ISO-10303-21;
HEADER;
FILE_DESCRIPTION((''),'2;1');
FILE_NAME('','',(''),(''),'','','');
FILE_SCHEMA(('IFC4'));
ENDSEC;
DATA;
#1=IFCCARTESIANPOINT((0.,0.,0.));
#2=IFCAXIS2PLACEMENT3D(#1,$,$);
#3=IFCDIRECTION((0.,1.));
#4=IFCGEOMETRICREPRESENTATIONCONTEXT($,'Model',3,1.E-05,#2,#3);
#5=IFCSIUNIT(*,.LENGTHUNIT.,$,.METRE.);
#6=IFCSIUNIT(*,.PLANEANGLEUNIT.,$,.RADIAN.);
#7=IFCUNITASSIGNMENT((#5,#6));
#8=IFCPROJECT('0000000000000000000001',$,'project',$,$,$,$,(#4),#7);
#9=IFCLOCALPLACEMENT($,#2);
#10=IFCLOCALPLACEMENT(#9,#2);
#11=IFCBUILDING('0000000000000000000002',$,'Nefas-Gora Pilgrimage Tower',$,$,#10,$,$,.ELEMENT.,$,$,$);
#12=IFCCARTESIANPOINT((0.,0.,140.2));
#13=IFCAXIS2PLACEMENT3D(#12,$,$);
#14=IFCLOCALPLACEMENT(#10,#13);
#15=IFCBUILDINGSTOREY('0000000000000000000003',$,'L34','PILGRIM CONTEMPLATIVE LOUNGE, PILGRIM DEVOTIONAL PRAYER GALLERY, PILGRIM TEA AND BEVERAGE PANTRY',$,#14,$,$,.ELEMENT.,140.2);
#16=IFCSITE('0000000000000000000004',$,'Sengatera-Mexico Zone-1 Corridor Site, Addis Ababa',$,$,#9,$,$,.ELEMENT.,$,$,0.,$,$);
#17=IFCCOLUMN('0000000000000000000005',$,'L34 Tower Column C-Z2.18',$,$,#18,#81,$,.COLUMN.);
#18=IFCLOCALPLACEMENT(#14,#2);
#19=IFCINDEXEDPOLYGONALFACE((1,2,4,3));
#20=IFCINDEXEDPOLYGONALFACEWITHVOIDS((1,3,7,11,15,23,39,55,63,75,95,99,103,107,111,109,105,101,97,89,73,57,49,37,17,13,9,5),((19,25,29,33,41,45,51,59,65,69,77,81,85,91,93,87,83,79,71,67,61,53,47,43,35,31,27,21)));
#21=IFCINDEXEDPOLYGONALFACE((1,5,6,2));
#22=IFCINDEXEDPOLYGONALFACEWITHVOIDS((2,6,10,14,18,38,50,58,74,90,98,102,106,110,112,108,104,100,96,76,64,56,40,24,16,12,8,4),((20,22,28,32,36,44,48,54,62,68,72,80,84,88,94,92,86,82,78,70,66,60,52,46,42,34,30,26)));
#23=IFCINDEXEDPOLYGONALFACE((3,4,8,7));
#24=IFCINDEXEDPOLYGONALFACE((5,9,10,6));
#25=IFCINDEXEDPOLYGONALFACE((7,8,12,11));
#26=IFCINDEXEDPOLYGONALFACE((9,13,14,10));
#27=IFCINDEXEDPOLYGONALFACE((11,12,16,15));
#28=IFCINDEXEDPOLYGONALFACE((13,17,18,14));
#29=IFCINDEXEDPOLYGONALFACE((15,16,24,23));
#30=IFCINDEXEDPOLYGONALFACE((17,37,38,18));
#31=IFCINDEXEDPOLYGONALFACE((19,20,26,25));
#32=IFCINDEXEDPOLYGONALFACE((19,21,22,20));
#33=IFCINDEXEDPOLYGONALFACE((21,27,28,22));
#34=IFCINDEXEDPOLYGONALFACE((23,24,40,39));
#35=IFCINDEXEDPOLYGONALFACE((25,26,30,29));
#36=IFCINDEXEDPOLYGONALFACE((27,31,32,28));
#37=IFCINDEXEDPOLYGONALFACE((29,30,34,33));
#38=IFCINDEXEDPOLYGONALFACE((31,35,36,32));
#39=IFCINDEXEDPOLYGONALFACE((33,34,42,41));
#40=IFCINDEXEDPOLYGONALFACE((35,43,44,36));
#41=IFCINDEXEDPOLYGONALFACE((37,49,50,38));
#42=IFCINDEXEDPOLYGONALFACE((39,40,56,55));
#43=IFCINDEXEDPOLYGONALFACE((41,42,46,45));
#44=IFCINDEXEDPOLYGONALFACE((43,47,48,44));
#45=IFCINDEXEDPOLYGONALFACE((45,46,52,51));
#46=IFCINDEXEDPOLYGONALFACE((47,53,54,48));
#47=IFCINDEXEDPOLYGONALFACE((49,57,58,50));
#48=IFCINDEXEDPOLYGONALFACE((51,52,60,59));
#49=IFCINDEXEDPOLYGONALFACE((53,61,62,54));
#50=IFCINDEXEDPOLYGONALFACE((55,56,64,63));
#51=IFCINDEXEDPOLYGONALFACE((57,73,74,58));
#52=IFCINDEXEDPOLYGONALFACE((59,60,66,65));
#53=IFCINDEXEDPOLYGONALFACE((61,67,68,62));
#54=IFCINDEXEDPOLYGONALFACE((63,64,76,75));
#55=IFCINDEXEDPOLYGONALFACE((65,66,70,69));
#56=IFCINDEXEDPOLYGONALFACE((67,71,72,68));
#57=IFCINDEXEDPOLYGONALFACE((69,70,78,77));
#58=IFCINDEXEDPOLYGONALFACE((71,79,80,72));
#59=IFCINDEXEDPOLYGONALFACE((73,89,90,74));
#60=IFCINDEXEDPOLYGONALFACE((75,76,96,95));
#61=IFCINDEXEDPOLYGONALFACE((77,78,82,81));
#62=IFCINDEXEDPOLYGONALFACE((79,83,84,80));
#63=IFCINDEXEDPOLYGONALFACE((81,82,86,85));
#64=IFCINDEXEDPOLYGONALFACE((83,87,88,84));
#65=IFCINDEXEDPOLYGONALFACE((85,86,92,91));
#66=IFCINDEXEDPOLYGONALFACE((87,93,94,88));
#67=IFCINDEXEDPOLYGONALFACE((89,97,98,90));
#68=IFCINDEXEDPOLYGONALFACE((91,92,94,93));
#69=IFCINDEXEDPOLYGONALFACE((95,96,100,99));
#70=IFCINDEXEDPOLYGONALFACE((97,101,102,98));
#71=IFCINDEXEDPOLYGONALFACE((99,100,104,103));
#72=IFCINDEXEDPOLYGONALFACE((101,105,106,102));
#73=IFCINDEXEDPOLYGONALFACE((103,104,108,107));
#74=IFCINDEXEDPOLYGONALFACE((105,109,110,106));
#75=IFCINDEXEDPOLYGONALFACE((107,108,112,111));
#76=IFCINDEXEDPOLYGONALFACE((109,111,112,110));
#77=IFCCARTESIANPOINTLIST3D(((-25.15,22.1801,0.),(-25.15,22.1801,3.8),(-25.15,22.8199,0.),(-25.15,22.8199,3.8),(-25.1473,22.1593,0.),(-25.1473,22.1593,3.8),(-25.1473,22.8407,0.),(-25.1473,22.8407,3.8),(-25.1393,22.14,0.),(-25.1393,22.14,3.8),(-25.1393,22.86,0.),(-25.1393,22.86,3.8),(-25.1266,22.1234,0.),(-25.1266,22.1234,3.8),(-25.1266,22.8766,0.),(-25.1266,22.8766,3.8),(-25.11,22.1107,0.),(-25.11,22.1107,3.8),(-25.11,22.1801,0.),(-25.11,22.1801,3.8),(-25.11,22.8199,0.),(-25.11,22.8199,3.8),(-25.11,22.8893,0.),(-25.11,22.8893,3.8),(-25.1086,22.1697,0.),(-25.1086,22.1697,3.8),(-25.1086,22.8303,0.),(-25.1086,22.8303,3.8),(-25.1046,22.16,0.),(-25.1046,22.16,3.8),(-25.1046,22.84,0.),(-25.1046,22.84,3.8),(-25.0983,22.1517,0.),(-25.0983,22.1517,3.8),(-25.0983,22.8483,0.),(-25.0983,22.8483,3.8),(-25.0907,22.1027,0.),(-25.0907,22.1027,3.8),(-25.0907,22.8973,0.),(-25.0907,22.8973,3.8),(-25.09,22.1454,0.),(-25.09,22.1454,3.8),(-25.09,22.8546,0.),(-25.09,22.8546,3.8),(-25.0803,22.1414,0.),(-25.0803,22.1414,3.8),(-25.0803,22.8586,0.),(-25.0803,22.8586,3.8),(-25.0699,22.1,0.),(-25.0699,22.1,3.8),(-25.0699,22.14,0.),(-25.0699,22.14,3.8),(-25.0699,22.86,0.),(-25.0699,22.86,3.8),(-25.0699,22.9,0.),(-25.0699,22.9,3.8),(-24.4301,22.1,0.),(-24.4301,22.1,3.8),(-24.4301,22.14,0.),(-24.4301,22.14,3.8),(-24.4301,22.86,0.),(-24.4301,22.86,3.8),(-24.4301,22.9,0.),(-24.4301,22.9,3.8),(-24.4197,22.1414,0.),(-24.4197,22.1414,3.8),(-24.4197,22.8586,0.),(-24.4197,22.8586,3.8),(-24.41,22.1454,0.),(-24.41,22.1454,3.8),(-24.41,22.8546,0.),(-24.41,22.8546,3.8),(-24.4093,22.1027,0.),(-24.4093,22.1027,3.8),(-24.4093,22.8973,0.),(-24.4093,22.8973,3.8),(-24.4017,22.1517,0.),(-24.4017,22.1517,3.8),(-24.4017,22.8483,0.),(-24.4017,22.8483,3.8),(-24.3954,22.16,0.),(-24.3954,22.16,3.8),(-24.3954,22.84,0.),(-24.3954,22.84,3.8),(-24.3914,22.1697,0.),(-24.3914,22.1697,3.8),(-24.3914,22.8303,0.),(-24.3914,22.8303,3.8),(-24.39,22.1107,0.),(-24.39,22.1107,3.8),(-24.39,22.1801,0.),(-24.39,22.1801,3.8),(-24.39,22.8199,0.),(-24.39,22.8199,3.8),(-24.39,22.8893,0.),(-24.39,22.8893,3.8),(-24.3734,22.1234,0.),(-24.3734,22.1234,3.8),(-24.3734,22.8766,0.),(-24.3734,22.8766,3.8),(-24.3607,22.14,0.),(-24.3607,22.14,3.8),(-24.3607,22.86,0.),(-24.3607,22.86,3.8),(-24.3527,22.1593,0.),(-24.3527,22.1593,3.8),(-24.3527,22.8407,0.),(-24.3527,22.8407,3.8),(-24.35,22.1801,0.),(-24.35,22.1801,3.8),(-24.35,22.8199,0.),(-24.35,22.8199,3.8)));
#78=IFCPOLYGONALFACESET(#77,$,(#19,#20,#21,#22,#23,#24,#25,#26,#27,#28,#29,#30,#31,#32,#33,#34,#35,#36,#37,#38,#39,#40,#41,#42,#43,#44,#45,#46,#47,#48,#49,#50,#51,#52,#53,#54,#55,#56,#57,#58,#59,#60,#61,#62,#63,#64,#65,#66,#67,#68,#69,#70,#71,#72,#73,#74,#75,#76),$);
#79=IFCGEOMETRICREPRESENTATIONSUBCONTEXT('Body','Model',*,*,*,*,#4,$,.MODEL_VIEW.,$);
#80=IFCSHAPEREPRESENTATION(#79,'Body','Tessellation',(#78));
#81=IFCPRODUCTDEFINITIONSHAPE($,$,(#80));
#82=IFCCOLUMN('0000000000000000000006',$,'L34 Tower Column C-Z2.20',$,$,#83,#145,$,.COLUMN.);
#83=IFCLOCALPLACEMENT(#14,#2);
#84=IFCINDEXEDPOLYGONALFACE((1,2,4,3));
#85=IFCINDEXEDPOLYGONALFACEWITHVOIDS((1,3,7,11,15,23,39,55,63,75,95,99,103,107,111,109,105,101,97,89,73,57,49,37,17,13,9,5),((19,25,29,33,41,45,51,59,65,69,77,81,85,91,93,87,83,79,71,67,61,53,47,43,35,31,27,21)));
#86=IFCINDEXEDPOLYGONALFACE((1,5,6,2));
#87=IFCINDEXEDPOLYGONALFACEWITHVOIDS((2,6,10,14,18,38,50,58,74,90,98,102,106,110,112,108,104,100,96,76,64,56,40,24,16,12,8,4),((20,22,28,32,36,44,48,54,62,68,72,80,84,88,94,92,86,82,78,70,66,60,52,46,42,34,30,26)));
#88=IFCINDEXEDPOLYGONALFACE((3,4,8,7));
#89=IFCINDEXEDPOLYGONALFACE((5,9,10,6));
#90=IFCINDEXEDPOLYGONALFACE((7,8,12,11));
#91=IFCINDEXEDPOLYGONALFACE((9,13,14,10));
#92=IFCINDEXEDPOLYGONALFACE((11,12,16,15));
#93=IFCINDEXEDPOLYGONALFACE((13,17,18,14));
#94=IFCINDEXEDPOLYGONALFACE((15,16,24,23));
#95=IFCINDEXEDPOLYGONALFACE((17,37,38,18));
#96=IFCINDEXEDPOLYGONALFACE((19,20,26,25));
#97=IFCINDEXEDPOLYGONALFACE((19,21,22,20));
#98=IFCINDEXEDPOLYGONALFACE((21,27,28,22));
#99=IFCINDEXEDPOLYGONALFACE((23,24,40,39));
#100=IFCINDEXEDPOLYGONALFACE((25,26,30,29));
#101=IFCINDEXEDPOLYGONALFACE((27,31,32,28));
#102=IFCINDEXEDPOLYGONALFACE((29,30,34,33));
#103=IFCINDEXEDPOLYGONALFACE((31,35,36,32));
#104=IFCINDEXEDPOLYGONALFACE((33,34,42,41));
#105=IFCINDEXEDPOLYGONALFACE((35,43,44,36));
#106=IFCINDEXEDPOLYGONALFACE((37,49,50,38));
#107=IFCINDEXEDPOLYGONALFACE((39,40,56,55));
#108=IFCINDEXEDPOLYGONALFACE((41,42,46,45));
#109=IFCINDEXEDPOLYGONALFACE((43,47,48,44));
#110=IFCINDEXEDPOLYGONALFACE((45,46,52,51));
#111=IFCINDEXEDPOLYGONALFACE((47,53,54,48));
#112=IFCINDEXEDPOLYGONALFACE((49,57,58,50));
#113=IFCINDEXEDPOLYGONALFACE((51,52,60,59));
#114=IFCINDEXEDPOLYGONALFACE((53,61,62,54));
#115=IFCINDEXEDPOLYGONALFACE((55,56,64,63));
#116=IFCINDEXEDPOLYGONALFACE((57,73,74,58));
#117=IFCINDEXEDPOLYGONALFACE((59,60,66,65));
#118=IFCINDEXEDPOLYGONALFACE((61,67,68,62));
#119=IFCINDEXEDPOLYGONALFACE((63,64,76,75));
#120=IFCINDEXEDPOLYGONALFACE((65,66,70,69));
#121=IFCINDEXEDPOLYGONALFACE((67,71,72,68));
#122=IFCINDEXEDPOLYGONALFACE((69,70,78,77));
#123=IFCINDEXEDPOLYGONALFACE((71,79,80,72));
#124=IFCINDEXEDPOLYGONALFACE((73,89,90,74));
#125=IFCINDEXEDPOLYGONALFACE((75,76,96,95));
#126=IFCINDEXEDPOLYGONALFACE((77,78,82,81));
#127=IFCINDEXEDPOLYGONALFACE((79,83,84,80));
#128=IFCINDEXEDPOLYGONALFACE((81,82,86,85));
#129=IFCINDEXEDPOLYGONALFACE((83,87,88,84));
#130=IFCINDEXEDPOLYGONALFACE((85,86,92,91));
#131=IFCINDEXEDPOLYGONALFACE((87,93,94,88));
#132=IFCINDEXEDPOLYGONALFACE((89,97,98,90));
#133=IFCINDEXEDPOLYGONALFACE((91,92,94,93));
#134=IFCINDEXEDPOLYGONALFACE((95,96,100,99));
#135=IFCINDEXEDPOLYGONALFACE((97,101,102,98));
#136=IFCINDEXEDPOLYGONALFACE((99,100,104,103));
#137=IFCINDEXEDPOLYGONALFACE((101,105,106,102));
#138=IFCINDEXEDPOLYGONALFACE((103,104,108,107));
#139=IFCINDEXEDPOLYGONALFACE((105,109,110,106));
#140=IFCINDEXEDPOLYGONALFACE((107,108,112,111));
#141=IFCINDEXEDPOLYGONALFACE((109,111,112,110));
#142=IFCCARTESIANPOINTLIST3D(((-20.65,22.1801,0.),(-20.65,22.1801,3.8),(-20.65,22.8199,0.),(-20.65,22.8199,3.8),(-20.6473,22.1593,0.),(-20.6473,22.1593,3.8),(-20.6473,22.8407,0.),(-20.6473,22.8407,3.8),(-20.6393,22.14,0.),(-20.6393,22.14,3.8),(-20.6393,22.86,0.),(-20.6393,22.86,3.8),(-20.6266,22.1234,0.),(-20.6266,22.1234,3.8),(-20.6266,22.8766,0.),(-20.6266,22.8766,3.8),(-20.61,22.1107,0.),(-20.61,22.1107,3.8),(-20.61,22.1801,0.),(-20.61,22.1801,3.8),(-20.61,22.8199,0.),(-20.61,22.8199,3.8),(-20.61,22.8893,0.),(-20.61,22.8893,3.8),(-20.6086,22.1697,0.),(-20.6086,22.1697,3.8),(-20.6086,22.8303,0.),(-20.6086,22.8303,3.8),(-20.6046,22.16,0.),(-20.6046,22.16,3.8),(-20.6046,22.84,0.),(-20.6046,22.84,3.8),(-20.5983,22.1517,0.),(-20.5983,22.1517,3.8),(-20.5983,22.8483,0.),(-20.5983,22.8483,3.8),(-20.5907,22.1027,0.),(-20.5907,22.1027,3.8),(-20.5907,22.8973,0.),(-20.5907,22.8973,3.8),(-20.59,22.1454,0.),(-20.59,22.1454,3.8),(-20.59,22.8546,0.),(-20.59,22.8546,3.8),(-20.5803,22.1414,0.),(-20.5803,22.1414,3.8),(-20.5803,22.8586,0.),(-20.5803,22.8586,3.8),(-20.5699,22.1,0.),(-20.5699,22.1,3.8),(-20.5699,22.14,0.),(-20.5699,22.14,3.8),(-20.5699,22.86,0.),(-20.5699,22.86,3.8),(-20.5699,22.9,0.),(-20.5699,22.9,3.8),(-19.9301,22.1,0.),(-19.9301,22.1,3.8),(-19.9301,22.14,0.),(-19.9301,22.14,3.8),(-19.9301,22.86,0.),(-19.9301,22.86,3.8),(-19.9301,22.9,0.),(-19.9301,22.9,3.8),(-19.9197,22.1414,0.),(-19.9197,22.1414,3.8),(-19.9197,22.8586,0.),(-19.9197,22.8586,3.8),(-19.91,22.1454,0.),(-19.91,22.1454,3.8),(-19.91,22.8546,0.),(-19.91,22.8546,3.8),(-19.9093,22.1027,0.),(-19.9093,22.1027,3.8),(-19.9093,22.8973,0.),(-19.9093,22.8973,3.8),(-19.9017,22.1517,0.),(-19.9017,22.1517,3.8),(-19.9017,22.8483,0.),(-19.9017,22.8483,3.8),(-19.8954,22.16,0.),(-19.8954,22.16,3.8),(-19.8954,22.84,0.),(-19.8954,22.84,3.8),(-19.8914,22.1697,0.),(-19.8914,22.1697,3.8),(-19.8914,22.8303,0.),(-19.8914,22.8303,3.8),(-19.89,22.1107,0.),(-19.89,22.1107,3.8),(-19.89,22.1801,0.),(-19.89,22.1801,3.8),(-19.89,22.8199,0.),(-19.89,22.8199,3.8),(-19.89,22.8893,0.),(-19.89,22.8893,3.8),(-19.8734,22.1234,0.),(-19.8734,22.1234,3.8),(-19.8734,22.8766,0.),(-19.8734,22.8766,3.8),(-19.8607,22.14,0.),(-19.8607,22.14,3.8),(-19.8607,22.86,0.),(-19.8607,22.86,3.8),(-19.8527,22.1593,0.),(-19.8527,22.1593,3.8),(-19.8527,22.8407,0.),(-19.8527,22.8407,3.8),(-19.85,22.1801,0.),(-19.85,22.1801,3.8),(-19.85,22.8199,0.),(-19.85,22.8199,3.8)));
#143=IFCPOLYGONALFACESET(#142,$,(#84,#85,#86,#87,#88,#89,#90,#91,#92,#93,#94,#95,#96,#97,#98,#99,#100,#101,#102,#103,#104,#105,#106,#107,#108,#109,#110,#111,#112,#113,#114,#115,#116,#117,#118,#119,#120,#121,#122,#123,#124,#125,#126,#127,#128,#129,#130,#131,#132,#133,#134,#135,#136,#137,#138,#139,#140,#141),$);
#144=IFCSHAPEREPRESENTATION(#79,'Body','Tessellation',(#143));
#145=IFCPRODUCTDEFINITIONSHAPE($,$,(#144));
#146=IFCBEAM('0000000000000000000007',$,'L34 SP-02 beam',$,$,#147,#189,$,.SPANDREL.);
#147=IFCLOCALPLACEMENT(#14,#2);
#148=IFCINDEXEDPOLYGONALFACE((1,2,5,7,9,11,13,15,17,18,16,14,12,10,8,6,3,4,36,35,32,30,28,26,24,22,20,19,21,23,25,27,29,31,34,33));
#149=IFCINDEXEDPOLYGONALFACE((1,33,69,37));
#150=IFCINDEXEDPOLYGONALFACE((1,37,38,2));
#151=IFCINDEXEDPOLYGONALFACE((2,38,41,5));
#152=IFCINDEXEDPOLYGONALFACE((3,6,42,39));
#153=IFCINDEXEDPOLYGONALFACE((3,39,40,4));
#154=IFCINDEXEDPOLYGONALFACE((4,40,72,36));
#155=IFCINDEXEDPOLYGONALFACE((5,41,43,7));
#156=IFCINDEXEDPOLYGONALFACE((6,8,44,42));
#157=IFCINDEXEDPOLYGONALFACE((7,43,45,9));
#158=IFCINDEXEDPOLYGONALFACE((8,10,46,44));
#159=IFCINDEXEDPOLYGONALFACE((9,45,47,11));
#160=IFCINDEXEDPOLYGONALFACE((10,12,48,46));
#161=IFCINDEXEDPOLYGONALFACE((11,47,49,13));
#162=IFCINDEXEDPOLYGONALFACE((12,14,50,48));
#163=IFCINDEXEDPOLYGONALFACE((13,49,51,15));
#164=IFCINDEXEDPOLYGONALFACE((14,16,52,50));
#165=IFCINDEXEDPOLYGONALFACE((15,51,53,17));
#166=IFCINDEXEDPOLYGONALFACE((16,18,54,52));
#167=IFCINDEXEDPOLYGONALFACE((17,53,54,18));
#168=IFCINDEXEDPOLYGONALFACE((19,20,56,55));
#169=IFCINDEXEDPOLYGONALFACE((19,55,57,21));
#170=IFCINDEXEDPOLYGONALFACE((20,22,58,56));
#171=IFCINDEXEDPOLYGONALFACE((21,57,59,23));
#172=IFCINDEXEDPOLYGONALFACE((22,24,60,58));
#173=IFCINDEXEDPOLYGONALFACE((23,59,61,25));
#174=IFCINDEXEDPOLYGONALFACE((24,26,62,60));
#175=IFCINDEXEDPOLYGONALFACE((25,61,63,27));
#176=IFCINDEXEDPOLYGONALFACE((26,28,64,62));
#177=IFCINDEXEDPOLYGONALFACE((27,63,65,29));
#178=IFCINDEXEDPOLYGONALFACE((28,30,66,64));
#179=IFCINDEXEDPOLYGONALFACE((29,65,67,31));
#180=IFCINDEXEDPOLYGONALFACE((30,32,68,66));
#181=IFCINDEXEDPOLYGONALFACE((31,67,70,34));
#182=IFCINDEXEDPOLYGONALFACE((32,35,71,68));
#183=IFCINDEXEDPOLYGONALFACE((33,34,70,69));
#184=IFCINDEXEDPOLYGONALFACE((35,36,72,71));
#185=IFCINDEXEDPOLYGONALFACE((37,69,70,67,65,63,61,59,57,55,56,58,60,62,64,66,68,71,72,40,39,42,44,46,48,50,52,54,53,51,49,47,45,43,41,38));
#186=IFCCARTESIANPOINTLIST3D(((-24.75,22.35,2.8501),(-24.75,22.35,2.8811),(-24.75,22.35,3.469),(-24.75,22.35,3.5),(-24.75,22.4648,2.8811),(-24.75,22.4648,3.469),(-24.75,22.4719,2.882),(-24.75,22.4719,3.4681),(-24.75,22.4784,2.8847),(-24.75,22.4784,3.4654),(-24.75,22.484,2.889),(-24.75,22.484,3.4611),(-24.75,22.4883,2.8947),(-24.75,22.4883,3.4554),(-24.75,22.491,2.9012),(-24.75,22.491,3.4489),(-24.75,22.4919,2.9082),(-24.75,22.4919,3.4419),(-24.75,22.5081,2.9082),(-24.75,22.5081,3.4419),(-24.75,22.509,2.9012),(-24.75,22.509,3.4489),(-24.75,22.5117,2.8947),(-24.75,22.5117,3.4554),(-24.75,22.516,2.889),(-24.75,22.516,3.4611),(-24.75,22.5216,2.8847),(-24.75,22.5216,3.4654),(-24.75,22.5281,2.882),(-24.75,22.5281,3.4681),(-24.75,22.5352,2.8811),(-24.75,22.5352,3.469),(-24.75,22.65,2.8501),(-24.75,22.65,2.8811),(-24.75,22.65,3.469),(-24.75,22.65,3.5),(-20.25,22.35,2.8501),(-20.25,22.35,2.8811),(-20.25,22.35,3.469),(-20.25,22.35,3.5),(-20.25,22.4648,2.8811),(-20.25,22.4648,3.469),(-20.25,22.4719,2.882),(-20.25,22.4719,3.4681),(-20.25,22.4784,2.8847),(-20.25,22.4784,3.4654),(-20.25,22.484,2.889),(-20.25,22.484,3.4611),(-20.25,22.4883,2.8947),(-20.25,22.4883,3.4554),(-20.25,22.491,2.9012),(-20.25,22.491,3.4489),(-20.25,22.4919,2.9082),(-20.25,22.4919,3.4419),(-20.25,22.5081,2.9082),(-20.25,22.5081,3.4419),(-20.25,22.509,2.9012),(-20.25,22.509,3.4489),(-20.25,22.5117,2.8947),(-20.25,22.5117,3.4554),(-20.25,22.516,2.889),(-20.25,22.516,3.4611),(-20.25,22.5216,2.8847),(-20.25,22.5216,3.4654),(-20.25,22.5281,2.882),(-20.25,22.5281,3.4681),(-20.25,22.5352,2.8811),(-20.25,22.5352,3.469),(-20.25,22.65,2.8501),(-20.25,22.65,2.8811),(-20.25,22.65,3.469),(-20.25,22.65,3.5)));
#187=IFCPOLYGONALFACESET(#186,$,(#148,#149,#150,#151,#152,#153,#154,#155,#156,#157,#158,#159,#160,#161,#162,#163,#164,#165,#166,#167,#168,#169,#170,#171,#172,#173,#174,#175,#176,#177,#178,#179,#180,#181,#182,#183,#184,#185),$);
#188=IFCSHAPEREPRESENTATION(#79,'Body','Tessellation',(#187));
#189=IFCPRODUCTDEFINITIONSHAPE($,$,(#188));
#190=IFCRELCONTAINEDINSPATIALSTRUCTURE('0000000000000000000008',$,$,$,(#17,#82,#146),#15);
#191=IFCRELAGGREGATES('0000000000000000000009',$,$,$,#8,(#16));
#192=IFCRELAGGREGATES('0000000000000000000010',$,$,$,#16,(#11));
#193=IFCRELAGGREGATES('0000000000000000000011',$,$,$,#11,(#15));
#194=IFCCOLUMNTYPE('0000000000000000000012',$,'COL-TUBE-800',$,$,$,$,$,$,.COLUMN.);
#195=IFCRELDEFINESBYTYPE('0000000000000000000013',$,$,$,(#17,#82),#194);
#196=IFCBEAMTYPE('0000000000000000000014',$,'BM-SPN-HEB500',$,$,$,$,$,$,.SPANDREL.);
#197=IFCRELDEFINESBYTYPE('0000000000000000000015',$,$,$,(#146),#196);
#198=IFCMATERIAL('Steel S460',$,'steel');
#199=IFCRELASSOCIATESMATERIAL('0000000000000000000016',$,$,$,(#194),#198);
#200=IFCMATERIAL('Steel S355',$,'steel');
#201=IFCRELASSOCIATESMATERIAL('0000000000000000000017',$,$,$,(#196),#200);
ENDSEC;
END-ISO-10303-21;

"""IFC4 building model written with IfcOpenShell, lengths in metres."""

from ifc_helpers import new_model, si_unit, direction, frame, origin, origin_2d, place, context, subcontext, project, spatial, hollow_rectangle, i_section, extrude, source, transform, mapped, material, material_profile, profile_set, type_object, element, save


model = new_model("IFC4")

# Units and contexts
model_context = context("Model", 3, precision=1e-05, world=origin(), true_north=direction((0.0, 1.0)))
body_context = subcontext(model_context, "Body", "Model", "MODEL_VIEW")
ifc_project = project(units=[si_unit("LENGTHUNIT", "METRE"), si_unit("PLANEANGLEUNIT", "RADIAN")], contexts=[model_context])

# Site, building, storey
site_placement = place(None, origin())
site = spatial("IfcSite", under=ifc_project, at=site_placement, Name="Sengatera-Mexico Zone-1 Corridor Site, Addis Ababa", CompositionType="ELEMENT", RefElevation=0.0)
building_placement = place(site_placement, origin())
building = spatial("IfcBuilding", under=site, at=building_placement, Name="Nefas-Gora Pilgrimage Tower", CompositionType="ELEMENT")
storey_placement = place(building_placement, frame((0.0, 0.0, 140.2)))
storey = spatial("IfcBuildingStorey", under=building, at=storey_placement, Name="L34", Description="PILGRIM CONTEMPLATIVE LOUNGE, PILGRIM DEVOTIONAL PRAYER GALLERY, PILGRIM TEA AND BEVERAGE PANTRY", CompositionType="ELEMENT", Elevation=140.2)

# Columns
ifc_material_1 = material(Name="Steel S460", Category="steel")
ifc_material_profile_1 = material_profile(ifc_material_1, hollow_rectangle(XDim=0.8, YDim=0.8, WallThickness=0.04, InnerFilletRadius=0.04, OuterFilletRadius=0.0801, at=origin_2d()), Name="BOX 800x800x40")
ifc_profile_set_1 = profile_set([ifc_material_profile_1], Name="Steel S460")
column_type_1 = type_object("IfcColumnType", Name="COL-TUBE-800", PredefinedType="COLUMN", material=ifc_profile_set_1)
shared_shape_1 = source(origin(), body_context, "Body", "SweptSolid", [
    extrude(hollow_rectangle(XDim=0.8, YDim=0.8, WallThickness=0.04, InnerFilletRadius=0.04, OuterFilletRadius=0.0801, at=origin_2d()), origin(), (0.0, 0.0, 1.0), 3.8),
])
for number, where, z_axis, x_axis, name in (
    (1, (-24.75, 22.5, 0.0), (0.0, 0.0, 1.0), (1.0, 0.0, 0.0), "L34 Tower Column C-Z2.18"),
    (2, (-20.25, 22.5, 0.0), (0.0, 0.0, 1.0), (1.0, 0.0, 0.0), "L34 Tower Column C-Z2.20"),
):
    element("IfcColumn", number, at=place(storey_placement, frame(where, z_axis=z_axis, x_axis=x_axis)), inside=storey, type_object=column_type_1, Name=name, PredefinedType="COLUMN", context=body_context, shape_type="MappedRepresentation", body=[
        mapped(shared_shape_1, transform((0.0, 0.0, 0.0), x_axis=(1.0, 0.0, 0.0), y_axis=(0.0, 1.0, 0.0), z_axis=(0.0, 0.0, 1.0), scale=1.0)),
    ])

# Beam
ifc_material_2 = material(Name="Steel S355", Category="steel")
ifc_material_profile_2 = material_profile(ifc_material_2, i_section(OverallWidth=0.3, OverallDepth=0.6499, WebThickness=0.0161, FlangeThickness=0.031, FilletRadius=0.0271, at=origin_2d()), Name="HEB 650")
ifc_profile_set_2 = profile_set([ifc_material_profile_2], Name="Steel S355")
beam_type_1 = type_object("IfcBeamType", Name="BM-SPN-HEB500", PredefinedType="SPANDREL", material=ifc_profile_set_2)
shared_shape_2 = source(origin(), body_context, "Body", "SweptSolid", [
    extrude(i_section(OverallWidth=0.3, OverallDepth=0.6499, WebThickness=0.0161, FlangeThickness=0.031, FilletRadius=0.0271, at=origin_2d()), origin(), (0.0, 0.0, 1.0), 4.5),
])
beam_placement = place(storey_placement, frame((-24.75, 22.5, 3.175), z_axis=(1.0, 0.0, 0.0), x_axis=(0.0, 1.0, 0.0)))
element("IfcBeam", 3, at=beam_placement, inside=storey, type_object=beam_type_1, Name="L34 SP-02 beam", PredefinedType="SPANDREL", context=body_context, shape_type="MappedRepresentation", body=[
    mapped(shared_shape_2, transform((0.0, 0.0, 0.0), x_axis=(1.0, 0.0, 0.0), y_axis=(0.0, 1.0, 0.0), z_axis=(0.0, 0.0, 1.0), scale=1.0)),
])

save(model, "model.ifc")
